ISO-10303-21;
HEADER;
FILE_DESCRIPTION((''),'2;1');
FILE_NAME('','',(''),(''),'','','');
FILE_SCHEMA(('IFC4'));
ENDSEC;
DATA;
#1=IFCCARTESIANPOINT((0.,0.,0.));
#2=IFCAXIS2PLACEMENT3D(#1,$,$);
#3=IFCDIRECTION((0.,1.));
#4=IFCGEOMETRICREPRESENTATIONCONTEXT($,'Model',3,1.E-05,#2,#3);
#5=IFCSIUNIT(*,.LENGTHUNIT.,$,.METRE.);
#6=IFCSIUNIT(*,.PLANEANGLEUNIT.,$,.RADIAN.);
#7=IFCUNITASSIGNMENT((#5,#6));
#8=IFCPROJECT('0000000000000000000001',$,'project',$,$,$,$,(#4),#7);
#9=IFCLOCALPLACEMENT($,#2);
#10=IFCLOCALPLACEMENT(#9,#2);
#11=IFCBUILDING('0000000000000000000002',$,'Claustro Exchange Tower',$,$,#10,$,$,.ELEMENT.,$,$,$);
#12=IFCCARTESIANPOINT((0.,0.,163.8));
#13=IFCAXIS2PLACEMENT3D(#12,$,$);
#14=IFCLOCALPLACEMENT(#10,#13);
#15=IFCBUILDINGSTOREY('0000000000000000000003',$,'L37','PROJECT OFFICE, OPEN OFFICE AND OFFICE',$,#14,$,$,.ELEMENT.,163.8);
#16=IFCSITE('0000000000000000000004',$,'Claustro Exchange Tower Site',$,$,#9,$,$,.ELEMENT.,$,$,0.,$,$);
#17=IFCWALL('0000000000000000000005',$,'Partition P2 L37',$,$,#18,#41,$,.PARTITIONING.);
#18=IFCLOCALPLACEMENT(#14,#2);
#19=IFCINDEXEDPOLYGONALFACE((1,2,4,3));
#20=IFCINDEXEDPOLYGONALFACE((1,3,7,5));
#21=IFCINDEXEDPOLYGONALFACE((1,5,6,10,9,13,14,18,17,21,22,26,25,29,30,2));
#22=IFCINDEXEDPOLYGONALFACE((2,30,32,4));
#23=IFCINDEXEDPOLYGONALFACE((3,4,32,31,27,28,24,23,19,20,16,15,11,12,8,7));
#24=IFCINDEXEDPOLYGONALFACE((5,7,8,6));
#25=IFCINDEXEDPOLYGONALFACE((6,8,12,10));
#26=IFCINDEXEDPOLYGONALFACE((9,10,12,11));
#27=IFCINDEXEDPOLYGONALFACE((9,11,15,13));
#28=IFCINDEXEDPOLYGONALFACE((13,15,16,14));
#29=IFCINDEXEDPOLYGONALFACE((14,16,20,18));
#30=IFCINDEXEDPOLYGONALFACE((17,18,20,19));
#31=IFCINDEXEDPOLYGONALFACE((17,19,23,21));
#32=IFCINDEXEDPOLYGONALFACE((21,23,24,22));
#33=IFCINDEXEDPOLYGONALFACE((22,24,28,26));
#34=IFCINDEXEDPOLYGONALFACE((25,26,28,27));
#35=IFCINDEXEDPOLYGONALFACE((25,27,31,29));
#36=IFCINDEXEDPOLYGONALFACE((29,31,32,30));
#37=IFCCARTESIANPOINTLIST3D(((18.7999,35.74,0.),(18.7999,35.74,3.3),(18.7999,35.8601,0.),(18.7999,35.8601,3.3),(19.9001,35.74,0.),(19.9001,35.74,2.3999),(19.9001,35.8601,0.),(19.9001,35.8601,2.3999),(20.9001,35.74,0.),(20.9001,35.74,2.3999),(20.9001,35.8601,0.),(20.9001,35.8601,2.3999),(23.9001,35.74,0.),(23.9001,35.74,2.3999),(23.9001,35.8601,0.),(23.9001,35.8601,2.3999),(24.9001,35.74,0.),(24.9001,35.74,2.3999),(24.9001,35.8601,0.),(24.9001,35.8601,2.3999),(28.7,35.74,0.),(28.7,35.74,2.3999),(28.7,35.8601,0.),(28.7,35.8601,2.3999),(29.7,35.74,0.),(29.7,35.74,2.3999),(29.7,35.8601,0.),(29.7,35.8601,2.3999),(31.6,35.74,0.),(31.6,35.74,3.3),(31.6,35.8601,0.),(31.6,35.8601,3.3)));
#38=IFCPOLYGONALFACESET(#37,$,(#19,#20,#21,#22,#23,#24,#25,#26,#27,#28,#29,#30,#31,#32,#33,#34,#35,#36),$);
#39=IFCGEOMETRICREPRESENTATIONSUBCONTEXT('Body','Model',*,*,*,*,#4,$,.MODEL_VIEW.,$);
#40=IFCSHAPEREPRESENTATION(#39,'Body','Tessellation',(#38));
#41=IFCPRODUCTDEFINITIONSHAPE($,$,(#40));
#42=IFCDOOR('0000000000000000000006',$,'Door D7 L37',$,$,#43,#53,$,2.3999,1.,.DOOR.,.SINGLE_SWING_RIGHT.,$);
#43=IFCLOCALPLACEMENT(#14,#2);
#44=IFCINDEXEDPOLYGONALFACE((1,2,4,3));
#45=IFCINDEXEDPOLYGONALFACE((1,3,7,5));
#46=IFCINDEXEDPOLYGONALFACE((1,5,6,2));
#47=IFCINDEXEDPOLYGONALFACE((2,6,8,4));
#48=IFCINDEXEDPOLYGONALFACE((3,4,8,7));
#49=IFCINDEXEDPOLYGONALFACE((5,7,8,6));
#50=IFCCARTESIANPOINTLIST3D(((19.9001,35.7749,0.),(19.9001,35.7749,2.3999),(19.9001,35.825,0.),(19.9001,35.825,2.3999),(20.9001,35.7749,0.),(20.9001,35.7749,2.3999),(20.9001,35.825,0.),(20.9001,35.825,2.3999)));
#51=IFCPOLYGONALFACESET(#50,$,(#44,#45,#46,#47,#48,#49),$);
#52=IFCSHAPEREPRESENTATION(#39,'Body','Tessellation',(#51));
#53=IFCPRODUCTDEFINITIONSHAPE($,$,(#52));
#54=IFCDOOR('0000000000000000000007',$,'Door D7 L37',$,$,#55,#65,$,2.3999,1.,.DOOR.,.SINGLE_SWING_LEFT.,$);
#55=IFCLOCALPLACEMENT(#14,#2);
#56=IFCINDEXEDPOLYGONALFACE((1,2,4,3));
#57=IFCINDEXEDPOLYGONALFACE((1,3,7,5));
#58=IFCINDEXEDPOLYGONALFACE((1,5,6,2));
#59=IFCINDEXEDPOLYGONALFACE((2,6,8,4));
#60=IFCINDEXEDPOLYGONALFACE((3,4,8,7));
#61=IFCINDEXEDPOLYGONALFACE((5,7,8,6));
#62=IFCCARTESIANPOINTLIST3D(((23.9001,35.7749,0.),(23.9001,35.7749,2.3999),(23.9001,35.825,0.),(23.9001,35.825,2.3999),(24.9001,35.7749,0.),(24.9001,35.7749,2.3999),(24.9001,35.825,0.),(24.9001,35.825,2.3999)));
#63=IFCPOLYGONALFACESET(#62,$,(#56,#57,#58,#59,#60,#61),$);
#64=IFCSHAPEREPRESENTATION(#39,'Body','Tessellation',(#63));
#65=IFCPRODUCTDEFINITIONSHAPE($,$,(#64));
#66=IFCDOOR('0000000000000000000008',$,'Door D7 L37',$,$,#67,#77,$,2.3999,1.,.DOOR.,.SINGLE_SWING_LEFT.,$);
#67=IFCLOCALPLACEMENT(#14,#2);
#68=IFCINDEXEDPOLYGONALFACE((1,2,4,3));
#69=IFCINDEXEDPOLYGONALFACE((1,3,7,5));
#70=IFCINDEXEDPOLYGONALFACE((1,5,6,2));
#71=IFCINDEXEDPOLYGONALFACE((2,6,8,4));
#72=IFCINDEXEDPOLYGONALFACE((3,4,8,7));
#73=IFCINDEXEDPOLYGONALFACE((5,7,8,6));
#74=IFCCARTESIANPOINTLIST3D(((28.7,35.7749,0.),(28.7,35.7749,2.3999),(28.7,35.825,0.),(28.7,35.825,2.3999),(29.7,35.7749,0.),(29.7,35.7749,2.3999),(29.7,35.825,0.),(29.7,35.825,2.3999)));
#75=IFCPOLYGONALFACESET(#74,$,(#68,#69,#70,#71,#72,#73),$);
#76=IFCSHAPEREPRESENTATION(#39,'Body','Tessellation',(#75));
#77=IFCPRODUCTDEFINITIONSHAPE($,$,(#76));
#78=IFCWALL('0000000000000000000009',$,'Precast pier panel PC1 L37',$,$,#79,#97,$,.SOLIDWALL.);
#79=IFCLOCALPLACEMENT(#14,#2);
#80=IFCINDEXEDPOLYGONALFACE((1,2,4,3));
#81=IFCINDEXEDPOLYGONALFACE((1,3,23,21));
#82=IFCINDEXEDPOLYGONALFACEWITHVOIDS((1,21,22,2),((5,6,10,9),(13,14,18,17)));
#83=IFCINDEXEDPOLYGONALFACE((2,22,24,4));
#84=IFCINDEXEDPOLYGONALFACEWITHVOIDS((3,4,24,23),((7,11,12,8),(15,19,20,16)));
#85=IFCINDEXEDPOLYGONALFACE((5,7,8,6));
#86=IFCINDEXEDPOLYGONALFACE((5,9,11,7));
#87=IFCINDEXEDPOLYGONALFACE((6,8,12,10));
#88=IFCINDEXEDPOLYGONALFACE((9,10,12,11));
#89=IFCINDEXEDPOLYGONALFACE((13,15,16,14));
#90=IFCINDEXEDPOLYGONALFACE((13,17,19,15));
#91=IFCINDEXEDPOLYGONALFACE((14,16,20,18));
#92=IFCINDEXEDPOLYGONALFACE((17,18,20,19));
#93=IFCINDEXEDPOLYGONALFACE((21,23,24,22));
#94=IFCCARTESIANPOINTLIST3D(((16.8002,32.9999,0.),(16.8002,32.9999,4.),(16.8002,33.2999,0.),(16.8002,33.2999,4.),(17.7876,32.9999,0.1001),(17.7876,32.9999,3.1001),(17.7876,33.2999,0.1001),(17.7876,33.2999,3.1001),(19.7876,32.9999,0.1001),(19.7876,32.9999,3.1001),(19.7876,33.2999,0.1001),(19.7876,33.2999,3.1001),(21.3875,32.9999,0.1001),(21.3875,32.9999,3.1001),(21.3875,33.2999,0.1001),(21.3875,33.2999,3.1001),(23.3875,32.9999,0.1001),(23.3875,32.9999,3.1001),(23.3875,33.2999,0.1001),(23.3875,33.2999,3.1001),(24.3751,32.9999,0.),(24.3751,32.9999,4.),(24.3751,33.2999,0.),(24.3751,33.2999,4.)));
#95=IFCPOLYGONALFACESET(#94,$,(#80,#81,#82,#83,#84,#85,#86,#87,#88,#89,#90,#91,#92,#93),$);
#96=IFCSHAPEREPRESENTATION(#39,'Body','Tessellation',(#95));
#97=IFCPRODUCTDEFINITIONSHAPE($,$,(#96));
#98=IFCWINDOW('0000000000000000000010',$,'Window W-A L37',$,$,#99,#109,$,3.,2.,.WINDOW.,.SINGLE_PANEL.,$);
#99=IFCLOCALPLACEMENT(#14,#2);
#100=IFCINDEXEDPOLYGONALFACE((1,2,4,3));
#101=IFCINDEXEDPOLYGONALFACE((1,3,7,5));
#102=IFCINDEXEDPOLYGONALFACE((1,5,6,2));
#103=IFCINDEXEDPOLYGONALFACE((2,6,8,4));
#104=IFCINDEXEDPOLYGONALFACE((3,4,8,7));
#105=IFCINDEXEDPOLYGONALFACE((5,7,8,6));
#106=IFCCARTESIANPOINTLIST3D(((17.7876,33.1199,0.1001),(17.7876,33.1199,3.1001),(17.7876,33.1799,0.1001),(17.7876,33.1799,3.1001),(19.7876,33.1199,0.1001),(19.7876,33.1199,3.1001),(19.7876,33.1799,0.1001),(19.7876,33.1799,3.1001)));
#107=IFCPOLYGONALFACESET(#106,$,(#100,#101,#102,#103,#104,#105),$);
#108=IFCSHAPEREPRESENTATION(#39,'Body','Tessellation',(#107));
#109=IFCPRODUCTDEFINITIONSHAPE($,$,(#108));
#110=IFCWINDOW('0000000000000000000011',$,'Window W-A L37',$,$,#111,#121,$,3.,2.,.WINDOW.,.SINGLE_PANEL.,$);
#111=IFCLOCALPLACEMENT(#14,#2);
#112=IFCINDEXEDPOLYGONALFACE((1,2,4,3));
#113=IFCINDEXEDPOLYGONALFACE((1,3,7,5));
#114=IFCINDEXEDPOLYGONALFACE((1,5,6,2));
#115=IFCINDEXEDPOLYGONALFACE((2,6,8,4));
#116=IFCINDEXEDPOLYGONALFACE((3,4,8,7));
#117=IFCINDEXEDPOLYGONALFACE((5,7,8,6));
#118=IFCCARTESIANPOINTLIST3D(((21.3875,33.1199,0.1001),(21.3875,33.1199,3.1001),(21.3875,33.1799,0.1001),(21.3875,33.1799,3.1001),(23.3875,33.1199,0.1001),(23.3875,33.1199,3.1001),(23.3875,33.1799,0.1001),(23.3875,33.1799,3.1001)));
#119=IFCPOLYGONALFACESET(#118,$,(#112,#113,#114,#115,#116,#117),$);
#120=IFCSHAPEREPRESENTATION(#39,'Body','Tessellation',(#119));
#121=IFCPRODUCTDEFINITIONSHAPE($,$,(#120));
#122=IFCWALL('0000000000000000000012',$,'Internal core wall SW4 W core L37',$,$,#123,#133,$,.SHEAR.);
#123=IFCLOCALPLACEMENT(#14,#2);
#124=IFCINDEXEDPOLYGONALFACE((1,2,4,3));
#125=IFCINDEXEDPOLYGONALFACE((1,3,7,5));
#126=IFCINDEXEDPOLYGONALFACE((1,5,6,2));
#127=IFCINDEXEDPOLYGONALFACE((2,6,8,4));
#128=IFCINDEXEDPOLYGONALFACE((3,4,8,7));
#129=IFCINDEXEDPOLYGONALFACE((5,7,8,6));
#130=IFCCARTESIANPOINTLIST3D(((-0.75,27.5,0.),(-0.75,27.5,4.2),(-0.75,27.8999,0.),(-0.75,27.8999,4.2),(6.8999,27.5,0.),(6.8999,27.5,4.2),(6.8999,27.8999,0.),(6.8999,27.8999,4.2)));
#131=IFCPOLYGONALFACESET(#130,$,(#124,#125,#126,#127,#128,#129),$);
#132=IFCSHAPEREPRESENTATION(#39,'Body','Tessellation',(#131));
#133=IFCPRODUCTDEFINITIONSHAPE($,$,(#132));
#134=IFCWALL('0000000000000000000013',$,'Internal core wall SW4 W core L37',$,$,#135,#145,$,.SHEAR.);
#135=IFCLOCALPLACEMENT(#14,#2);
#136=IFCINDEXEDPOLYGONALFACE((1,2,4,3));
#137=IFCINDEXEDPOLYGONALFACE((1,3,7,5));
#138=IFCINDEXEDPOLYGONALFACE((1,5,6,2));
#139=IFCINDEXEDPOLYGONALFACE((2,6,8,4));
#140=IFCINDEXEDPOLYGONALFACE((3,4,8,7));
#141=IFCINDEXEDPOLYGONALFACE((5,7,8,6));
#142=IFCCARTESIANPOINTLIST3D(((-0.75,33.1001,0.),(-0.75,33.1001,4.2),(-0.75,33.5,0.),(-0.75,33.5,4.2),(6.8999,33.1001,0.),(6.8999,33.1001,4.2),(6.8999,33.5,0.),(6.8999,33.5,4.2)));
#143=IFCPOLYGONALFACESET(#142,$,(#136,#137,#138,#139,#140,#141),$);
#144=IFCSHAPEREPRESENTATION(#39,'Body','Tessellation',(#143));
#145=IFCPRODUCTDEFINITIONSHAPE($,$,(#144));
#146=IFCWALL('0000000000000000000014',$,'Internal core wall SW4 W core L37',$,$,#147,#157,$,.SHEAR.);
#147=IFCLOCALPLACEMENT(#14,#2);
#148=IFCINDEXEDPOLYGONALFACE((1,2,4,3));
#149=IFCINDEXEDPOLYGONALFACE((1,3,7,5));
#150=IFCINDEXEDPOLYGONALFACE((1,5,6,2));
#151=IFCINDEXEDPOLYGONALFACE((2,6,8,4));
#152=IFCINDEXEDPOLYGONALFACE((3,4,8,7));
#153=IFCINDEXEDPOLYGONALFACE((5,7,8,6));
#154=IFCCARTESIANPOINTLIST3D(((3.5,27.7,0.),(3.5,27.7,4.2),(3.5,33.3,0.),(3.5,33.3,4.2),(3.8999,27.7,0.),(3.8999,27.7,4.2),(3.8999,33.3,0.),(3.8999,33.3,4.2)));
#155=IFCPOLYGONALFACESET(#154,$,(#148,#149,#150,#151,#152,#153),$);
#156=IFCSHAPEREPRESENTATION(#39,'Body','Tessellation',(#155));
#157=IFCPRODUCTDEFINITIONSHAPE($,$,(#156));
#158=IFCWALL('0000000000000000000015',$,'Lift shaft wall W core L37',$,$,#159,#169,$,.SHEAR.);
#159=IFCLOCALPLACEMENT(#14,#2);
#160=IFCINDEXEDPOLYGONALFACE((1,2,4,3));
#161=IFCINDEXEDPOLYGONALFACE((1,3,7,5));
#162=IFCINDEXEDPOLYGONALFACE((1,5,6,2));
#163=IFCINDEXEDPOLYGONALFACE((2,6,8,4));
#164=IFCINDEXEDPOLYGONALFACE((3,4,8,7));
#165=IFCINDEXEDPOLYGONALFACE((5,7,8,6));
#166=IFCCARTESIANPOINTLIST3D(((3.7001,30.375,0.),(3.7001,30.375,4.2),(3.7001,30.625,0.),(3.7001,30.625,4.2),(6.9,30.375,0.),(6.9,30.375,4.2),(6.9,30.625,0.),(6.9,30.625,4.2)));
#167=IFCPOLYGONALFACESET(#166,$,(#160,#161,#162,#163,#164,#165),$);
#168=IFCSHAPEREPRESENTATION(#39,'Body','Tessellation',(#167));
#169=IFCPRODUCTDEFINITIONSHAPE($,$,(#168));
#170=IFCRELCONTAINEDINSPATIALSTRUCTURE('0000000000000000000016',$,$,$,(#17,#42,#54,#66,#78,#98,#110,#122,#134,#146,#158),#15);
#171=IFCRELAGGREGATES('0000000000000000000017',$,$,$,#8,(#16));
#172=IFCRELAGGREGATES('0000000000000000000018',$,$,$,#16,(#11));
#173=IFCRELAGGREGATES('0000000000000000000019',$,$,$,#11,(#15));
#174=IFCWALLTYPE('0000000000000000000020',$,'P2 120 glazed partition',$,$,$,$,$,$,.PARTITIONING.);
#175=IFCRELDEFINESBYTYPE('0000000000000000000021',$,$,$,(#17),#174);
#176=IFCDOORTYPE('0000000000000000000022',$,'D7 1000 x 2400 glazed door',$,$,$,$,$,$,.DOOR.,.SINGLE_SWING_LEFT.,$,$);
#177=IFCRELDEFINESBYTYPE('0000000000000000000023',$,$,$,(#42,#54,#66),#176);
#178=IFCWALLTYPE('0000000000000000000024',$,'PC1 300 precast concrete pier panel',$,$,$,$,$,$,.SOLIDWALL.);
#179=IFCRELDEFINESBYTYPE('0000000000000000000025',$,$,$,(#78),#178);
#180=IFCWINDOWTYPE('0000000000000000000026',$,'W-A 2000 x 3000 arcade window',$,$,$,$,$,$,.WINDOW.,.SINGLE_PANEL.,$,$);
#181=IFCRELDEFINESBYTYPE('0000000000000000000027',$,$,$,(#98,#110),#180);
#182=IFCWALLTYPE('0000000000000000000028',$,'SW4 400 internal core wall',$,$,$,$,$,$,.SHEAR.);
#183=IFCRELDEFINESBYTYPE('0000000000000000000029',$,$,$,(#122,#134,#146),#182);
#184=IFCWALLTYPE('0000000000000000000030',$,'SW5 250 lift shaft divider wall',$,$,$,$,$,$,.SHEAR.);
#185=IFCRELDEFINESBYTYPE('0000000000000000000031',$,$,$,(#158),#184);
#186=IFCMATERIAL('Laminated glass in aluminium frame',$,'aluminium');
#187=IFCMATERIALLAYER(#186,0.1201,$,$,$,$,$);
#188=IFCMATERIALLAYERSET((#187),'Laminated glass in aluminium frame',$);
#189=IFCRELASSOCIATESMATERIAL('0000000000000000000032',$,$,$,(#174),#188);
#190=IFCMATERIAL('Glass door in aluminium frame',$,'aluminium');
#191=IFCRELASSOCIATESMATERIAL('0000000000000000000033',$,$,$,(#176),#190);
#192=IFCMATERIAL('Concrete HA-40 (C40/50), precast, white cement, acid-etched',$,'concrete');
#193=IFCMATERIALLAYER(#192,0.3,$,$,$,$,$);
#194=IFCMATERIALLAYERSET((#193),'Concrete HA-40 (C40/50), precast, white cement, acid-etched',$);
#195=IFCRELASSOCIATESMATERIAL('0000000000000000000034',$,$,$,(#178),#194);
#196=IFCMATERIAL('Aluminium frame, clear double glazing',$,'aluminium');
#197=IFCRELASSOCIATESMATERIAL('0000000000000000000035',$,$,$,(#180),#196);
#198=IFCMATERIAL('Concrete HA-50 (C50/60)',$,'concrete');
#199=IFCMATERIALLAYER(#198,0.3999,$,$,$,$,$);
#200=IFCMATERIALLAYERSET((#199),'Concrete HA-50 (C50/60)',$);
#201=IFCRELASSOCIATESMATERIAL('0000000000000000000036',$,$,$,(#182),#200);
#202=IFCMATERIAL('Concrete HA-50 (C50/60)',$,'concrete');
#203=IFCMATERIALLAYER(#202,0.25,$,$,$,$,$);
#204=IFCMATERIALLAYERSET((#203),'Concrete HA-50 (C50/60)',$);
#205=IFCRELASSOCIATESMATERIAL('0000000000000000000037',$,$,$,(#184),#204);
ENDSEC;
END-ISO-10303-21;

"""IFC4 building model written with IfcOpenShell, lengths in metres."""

from ifc_helpers import new_model, si_unit, direction, frame, frame_2d, origin, place, context, subcontext, project, spatial, rectangle, extrude, material, layer, layer_set, type_object, element, fill, save


model = new_model("IFC4")

# Units and contexts
model_context = context("Model", 3, precision=1e-05, world=origin(), true_north=direction((0.0, 1.0)))
body_context = subcontext(model_context, "Body", "Model", "MODEL_VIEW")
ifc_project = project(units=[si_unit("LENGTHUNIT", "METRE"), si_unit("PLANEANGLEUNIT", "RADIAN")], contexts=[model_context])

# Site, building, storey
site_placement = place(None, origin())
site = spatial("IfcSite", under=ifc_project, at=site_placement, Name="Claustro Exchange Tower Site", CompositionType="ELEMENT", RefElevation=0.0)
building_placement = place(site_placement, origin())
building = spatial("IfcBuilding", under=site, at=building_placement, Name="Claustro Exchange Tower", CompositionType="ELEMENT")
storey_placement = place(building_placement, frame((0.0, 0.0, 163.8)))
storey = spatial("IfcBuildingStorey", under=building, at=storey_placement, Name="L37", Description="PROJECT OFFICE, OPEN OFFICE AND OFFICE", CompositionType="ELEMENT", Elevation=163.8)

# Shared definitions
ifc_material_1 = material(Name="Laminated glass in aluminium frame", Category="aluminium")
ifc_layer_1 = layer(ifc_material_1, 0.1201)
ifc_layer_set_1 = layer_set([ifc_layer_1], Name="Laminated glass in aluminium frame")
wall_type_1 = type_object("IfcWallType", Name="P2 120 glazed partition", PredefinedType="PARTITIONING", material=ifc_layer_set_1)

# Wall, openings, doors
wall_1_placement = place(storey_placement, frame((18.8, 35.8, 0.0), z_axis=(0.0, 0.0, 1.0), x_axis=(1.0, 0.0, 0.0)))
wall_1 = element("IfcWall", 1, at=wall_1_placement, inside=storey, type_object=wall_type_1, Name="Partition P2 L37", PredefinedType="PARTITIONING", context=body_context, shape_type="SweptSolid", body=[
    extrude(rectangle(XDim=12.8, YDim=0.1201, at=frame_2d((6.3999, 0.0))), origin(), (0.0, 0.0, 1.0), 3.3),
])
opening_1_placement = place(wall_1_placement, frame((1.1001, 0.0, 0.0)))
opening_1 = element("IfcOpeningElement", 2, at=opening_1_placement, cuts=wall_1, PredefinedType="OPENING", context=body_context, shape_type="SweptSolid", body=[
    extrude(rectangle(XDim=1.0, YDim=2.3999, at=frame_2d((0.5, 1.2))), frame((0.0, 0.0701, 0.0), z_axis=(0.0, -1.0, 0.0), x_axis=(1.0, 0.0, 0.0)), (0.0, 0.0, 1.0), 0.1401),
])
opening_2_placement = place(wall_1_placement, frame((5.1001, 0.0, 0.0)))
opening_2 = element("IfcOpeningElement", 3, at=opening_2_placement, cuts=wall_1, PredefinedType="OPENING", context=body_context, shape_type="SweptSolid", body=[
    extrude(rectangle(XDim=1.0, YDim=2.3999, at=frame_2d((0.5, 1.2))), frame((0.0, 0.0701, 0.0), z_axis=(0.0, -1.0, 0.0), x_axis=(1.0, 0.0, 0.0)), (0.0, 0.0, 1.0), 0.1401),
])
opening_3_placement = place(wall_1_placement, frame((9.8999, 0.0, 0.0)))
opening_3 = element("IfcOpeningElement", 4, at=opening_3_placement, cuts=wall_1, PredefinedType="OPENING", context=body_context, shape_type="SweptSolid", body=[
    extrude(rectangle(XDim=1.0, YDim=2.3999, at=frame_2d((0.5, 1.2))), frame((0.0, 0.0701, 0.0), z_axis=(0.0, -1.0, 0.0), x_axis=(1.0, 0.0, 0.0)), (0.0, 0.0, 1.0), 0.1401),
])
ifc_material_2 = material(Name="Glass door in aluminium frame", Category="aluminium")
door_type_1 = type_object("IfcDoorType", Name="D7 1000 x 2400 glazed door", OperationType="SINGLE_SWING_LEFT", PredefinedType="DOOR", material=ifc_material_2)
door_1_placement = place(opening_1_placement, origin())
door_1 = element("IfcDoor", 5, at=door_1_placement, inside=storey, type_object=door_type_1, Name="Door D7 L37", OperationType="SINGLE_SWING_RIGHT", OverallHeight=2.3999, OverallWidth=1.0, PredefinedType="DOOR", context=body_context, shape_type="SweptSolid", body=[
    extrude(rectangle(XDim=1.0, YDim=2.3999, at=frame_2d((0.5, 1.2))), frame((0.0, 0.0249, 0.0), z_axis=(0.0, -1.0, 0.0), x_axis=(1.0, 0.0, 0.0)), (0.0, 0.0, 1.0), 0.05),
])
fill(opening_1, door_1)
door_2_placement = place(opening_2_placement, origin())
door_2 = element("IfcDoor", 6, at=door_2_placement, inside=storey, type_object=door_type_1, Name="Door D7 L37", OperationType="SINGLE_SWING_LEFT", OverallHeight=2.3999, OverallWidth=1.0, PredefinedType="DOOR", context=body_context, shape_type="SweptSolid", body=[
    extrude(rectangle(XDim=1.0, YDim=2.3999, at=frame_2d((0.5, 1.2))), frame((0.0, 0.0249, 0.0), z_axis=(0.0, -1.0, 0.0), x_axis=(1.0, 0.0, 0.0)), (0.0, 0.0, 1.0), 0.05),
])
fill(opening_2, door_2)
door_3_placement = place(opening_3_placement, origin())
door_3 = element("IfcDoor", 7, at=door_3_placement, inside=storey, type_object=door_type_1, Name="Door D7 L37", OperationType="SINGLE_SWING_LEFT", OverallHeight=2.3999, OverallWidth=1.0, PredefinedType="DOOR", context=body_context, shape_type="SweptSolid", body=[
    extrude(rectangle(XDim=1.0, YDim=2.3999, at=frame_2d((0.5, 1.2))), frame((0.0, 0.0249, 0.0), z_axis=(0.0, -1.0, 0.0), x_axis=(1.0, 0.0, 0.0)), (0.0, 0.0, 1.0), 0.05),
])
fill(opening_3, door_3)

# Wall, openings, windows
ifc_material_3 = material(Name="Concrete HA-40 (C40/50), precast, white cement, acid-etched", Category="concrete")
ifc_layer_2 = layer(ifc_material_3, 0.3)
ifc_layer_set_2 = layer_set([ifc_layer_2], Name="Concrete HA-40 (C40/50), precast, white cement, acid-etched")
wall_type_2 = type_object("IfcWallType", Name="PC1 300 precast concrete pier panel", PredefinedType="SOLIDWALL", material=ifc_layer_set_2)
wall_2_placement = place(storey_placement, frame((16.8, 33.1499, 0.0), z_axis=(0.0, 0.0, 1.0), x_axis=(1.0, 0.0, 0.0)))
wall_2 = element("IfcWall", 8, at=wall_2_placement, inside=storey, type_object=wall_type_2, Name="Precast pier panel PC1 L37", PredefinedType="SOLIDWALL", context=body_context, shape_type="SweptSolid", body=[
    extrude(rectangle(XDim=7.575, YDim=0.3, at=frame_2d((3.7876, 0.0))), origin(), (0.0, 0.0, 1.0), 4.0),
])
opening_4_placement = place(wall_2_placement, frame((0.9875, 0.0, 0.1001)))
opening_4 = element("IfcOpeningElement", 9, at=opening_4_placement, cuts=wall_2, PredefinedType="OPENING", context=body_context, shape_type="SweptSolid", body=[
    extrude(rectangle(XDim=2.0, YDim=3.0, at=frame_2d((1.0, 1.5))), frame((0.0, 0.1599, 0.0), z_axis=(0.0, -1.0, 0.0), x_axis=(1.0, 0.0, 0.0)), (0.0, 0.0, 1.0), 0.3201),
])
opening_5_placement = place(wall_2_placement, frame((4.5874, 0.0, 0.1001)))
opening_5 = element("IfcOpeningElement", 10, at=opening_5_placement, cuts=wall_2, PredefinedType="OPENING", context=body_context, shape_type="SweptSolid", body=[
    extrude(rectangle(XDim=2.0, YDim=3.0, at=frame_2d((1.0, 1.5))), frame((0.0, 0.1599, 0.0), z_axis=(0.0, -1.0, 0.0), x_axis=(1.0, 0.0, 0.0)), (0.0, 0.0, 1.0), 0.3201),
])
ifc_material_4 = material(Name="Aluminium frame, clear double glazing", Category="aluminium")
window_type = type_object("IfcWindowType", Name="W-A 2000 x 3000 arcade window", PartitioningType="SINGLE_PANEL", PredefinedType="WINDOW", material=ifc_material_4)
window_1_placement = place(opening_4_placement, origin())
window_1 = element("IfcWindow", 11, at=window_1_placement, inside=storey, type_object=window_type, Name="Window W-A L37", OverallHeight=3.0, OverallWidth=2.0, PartitioningType="SINGLE_PANEL", PredefinedType="WINDOW", context=body_context, shape_type="SweptSolid", body=[
    extrude(rectangle(XDim=2.0, YDim=3.0, at=frame_2d((1.0, 1.5))), frame((0.0, 0.03, 0.0), z_axis=(0.0, -1.0, 0.0), x_axis=(1.0, 0.0, 0.0)), (0.0, 0.0, 1.0), 0.0601),
])
fill(opening_4, window_1)
window_2_placement = place(opening_5_placement, origin())
window_2 = element("IfcWindow", 12, at=window_2_placement, inside=storey, type_object=window_type, Name="Window W-A L37", OverallHeight=3.0, OverallWidth=2.0, PartitioningType="SINGLE_PANEL", PredefinedType="WINDOW", context=body_context, shape_type="SweptSolid", body=[
    extrude(rectangle(XDim=2.0, YDim=3.0, at=frame_2d((1.0, 1.5))), frame((0.0, 0.03, 0.0), z_axis=(0.0, -1.0, 0.0), x_axis=(1.0, 0.0, 0.0)), (0.0, 0.0, 1.0), 0.0601),
])
fill(opening_5, window_2)

# Walls
ifc_material_5 = material(Name="Concrete HA-50 (C50/60)", Category="concrete")
ifc_layer_3 = layer(ifc_material_5, 0.3999)
ifc_layer_set_3 = layer_set([ifc_layer_3], Name="Concrete HA-50 (C50/60)")
wall_type_3 = type_object("IfcWallType", Name="SW4 400 internal core wall", PredefinedType="SHEAR", material=ifc_layer_set_3)
for number, where, z_axis, x_axis, name in (
    (13, (-0.75, 27.7, 0.0), (0.0, 0.0, 1.0), (1.0, 0.0, 0.0), "Internal core wall SW4 W core L37"),
    (14, (-0.75, 33.3, 0.0), (0.0, 0.0, 1.0), (1.0, 0.0, 0.0), "Internal core wall SW4 W core L37"),
):
    element("IfcWall", number, at=place(storey_placement, frame(where, z_axis=z_axis, x_axis=x_axis)), inside=storey, type_object=wall_type_3, Name=name, PredefinedType="SHEAR", context=body_context, shape_type="SweptSolid", body=[
        extrude(rectangle(XDim=7.6499, YDim=0.3999, at=frame_2d((3.825, 0.0))), origin(), (0.0, 0.0, 1.0), 4.2),
    ])
wall_3_placement = place(storey_placement, frame((3.7, 27.7, 0.0), z_axis=(0.0, 0.0, 1.0), x_axis=(0.0, 1.0, 0.0)))
element("IfcWall", 15, at=wall_3_placement, inside=storey, type_object=wall_type_3, Name="Internal core wall SW4 W core L37", PredefinedType="SHEAR", context=body_context, shape_type="SweptSolid", body=[
    extrude(rectangle(XDim=5.6001, YDim=0.3999, at=frame_2d((2.8, 0.0))), origin(), (0.0, 0.0, 1.0), 4.2),
])
ifc_material_6 = material(Name="Concrete HA-50 (C50/60)", Category="concrete")
ifc_layer_4 = layer(ifc_material_6, 0.25)
ifc_layer_set_4 = layer_set([ifc_layer_4], Name="Concrete HA-50 (C50/60)")
wall_type_4 = type_object("IfcWallType", Name="SW5 250 lift shaft divider wall", PredefinedType="SHEAR", material=ifc_layer_set_4)
wall_4_placement = place(storey_placement, frame((3.7, 30.5, 0.0), z_axis=(0.0, 0.0, 1.0), x_axis=(1.0, 0.0, 0.0)))
element("IfcWall", 16, at=wall_4_placement, inside=storey, type_object=wall_type_4, Name="Lift shaft wall W core L37", PredefinedType="SHEAR", context=body_context, shape_type="SweptSolid", body=[
    extrude(rectangle(XDim=3.2, YDim=0.25, at=frame_2d((1.6001, 0.0))), origin(), (0.0, 0.0, 1.0), 4.2),
])

save(model, "model.ifc")
